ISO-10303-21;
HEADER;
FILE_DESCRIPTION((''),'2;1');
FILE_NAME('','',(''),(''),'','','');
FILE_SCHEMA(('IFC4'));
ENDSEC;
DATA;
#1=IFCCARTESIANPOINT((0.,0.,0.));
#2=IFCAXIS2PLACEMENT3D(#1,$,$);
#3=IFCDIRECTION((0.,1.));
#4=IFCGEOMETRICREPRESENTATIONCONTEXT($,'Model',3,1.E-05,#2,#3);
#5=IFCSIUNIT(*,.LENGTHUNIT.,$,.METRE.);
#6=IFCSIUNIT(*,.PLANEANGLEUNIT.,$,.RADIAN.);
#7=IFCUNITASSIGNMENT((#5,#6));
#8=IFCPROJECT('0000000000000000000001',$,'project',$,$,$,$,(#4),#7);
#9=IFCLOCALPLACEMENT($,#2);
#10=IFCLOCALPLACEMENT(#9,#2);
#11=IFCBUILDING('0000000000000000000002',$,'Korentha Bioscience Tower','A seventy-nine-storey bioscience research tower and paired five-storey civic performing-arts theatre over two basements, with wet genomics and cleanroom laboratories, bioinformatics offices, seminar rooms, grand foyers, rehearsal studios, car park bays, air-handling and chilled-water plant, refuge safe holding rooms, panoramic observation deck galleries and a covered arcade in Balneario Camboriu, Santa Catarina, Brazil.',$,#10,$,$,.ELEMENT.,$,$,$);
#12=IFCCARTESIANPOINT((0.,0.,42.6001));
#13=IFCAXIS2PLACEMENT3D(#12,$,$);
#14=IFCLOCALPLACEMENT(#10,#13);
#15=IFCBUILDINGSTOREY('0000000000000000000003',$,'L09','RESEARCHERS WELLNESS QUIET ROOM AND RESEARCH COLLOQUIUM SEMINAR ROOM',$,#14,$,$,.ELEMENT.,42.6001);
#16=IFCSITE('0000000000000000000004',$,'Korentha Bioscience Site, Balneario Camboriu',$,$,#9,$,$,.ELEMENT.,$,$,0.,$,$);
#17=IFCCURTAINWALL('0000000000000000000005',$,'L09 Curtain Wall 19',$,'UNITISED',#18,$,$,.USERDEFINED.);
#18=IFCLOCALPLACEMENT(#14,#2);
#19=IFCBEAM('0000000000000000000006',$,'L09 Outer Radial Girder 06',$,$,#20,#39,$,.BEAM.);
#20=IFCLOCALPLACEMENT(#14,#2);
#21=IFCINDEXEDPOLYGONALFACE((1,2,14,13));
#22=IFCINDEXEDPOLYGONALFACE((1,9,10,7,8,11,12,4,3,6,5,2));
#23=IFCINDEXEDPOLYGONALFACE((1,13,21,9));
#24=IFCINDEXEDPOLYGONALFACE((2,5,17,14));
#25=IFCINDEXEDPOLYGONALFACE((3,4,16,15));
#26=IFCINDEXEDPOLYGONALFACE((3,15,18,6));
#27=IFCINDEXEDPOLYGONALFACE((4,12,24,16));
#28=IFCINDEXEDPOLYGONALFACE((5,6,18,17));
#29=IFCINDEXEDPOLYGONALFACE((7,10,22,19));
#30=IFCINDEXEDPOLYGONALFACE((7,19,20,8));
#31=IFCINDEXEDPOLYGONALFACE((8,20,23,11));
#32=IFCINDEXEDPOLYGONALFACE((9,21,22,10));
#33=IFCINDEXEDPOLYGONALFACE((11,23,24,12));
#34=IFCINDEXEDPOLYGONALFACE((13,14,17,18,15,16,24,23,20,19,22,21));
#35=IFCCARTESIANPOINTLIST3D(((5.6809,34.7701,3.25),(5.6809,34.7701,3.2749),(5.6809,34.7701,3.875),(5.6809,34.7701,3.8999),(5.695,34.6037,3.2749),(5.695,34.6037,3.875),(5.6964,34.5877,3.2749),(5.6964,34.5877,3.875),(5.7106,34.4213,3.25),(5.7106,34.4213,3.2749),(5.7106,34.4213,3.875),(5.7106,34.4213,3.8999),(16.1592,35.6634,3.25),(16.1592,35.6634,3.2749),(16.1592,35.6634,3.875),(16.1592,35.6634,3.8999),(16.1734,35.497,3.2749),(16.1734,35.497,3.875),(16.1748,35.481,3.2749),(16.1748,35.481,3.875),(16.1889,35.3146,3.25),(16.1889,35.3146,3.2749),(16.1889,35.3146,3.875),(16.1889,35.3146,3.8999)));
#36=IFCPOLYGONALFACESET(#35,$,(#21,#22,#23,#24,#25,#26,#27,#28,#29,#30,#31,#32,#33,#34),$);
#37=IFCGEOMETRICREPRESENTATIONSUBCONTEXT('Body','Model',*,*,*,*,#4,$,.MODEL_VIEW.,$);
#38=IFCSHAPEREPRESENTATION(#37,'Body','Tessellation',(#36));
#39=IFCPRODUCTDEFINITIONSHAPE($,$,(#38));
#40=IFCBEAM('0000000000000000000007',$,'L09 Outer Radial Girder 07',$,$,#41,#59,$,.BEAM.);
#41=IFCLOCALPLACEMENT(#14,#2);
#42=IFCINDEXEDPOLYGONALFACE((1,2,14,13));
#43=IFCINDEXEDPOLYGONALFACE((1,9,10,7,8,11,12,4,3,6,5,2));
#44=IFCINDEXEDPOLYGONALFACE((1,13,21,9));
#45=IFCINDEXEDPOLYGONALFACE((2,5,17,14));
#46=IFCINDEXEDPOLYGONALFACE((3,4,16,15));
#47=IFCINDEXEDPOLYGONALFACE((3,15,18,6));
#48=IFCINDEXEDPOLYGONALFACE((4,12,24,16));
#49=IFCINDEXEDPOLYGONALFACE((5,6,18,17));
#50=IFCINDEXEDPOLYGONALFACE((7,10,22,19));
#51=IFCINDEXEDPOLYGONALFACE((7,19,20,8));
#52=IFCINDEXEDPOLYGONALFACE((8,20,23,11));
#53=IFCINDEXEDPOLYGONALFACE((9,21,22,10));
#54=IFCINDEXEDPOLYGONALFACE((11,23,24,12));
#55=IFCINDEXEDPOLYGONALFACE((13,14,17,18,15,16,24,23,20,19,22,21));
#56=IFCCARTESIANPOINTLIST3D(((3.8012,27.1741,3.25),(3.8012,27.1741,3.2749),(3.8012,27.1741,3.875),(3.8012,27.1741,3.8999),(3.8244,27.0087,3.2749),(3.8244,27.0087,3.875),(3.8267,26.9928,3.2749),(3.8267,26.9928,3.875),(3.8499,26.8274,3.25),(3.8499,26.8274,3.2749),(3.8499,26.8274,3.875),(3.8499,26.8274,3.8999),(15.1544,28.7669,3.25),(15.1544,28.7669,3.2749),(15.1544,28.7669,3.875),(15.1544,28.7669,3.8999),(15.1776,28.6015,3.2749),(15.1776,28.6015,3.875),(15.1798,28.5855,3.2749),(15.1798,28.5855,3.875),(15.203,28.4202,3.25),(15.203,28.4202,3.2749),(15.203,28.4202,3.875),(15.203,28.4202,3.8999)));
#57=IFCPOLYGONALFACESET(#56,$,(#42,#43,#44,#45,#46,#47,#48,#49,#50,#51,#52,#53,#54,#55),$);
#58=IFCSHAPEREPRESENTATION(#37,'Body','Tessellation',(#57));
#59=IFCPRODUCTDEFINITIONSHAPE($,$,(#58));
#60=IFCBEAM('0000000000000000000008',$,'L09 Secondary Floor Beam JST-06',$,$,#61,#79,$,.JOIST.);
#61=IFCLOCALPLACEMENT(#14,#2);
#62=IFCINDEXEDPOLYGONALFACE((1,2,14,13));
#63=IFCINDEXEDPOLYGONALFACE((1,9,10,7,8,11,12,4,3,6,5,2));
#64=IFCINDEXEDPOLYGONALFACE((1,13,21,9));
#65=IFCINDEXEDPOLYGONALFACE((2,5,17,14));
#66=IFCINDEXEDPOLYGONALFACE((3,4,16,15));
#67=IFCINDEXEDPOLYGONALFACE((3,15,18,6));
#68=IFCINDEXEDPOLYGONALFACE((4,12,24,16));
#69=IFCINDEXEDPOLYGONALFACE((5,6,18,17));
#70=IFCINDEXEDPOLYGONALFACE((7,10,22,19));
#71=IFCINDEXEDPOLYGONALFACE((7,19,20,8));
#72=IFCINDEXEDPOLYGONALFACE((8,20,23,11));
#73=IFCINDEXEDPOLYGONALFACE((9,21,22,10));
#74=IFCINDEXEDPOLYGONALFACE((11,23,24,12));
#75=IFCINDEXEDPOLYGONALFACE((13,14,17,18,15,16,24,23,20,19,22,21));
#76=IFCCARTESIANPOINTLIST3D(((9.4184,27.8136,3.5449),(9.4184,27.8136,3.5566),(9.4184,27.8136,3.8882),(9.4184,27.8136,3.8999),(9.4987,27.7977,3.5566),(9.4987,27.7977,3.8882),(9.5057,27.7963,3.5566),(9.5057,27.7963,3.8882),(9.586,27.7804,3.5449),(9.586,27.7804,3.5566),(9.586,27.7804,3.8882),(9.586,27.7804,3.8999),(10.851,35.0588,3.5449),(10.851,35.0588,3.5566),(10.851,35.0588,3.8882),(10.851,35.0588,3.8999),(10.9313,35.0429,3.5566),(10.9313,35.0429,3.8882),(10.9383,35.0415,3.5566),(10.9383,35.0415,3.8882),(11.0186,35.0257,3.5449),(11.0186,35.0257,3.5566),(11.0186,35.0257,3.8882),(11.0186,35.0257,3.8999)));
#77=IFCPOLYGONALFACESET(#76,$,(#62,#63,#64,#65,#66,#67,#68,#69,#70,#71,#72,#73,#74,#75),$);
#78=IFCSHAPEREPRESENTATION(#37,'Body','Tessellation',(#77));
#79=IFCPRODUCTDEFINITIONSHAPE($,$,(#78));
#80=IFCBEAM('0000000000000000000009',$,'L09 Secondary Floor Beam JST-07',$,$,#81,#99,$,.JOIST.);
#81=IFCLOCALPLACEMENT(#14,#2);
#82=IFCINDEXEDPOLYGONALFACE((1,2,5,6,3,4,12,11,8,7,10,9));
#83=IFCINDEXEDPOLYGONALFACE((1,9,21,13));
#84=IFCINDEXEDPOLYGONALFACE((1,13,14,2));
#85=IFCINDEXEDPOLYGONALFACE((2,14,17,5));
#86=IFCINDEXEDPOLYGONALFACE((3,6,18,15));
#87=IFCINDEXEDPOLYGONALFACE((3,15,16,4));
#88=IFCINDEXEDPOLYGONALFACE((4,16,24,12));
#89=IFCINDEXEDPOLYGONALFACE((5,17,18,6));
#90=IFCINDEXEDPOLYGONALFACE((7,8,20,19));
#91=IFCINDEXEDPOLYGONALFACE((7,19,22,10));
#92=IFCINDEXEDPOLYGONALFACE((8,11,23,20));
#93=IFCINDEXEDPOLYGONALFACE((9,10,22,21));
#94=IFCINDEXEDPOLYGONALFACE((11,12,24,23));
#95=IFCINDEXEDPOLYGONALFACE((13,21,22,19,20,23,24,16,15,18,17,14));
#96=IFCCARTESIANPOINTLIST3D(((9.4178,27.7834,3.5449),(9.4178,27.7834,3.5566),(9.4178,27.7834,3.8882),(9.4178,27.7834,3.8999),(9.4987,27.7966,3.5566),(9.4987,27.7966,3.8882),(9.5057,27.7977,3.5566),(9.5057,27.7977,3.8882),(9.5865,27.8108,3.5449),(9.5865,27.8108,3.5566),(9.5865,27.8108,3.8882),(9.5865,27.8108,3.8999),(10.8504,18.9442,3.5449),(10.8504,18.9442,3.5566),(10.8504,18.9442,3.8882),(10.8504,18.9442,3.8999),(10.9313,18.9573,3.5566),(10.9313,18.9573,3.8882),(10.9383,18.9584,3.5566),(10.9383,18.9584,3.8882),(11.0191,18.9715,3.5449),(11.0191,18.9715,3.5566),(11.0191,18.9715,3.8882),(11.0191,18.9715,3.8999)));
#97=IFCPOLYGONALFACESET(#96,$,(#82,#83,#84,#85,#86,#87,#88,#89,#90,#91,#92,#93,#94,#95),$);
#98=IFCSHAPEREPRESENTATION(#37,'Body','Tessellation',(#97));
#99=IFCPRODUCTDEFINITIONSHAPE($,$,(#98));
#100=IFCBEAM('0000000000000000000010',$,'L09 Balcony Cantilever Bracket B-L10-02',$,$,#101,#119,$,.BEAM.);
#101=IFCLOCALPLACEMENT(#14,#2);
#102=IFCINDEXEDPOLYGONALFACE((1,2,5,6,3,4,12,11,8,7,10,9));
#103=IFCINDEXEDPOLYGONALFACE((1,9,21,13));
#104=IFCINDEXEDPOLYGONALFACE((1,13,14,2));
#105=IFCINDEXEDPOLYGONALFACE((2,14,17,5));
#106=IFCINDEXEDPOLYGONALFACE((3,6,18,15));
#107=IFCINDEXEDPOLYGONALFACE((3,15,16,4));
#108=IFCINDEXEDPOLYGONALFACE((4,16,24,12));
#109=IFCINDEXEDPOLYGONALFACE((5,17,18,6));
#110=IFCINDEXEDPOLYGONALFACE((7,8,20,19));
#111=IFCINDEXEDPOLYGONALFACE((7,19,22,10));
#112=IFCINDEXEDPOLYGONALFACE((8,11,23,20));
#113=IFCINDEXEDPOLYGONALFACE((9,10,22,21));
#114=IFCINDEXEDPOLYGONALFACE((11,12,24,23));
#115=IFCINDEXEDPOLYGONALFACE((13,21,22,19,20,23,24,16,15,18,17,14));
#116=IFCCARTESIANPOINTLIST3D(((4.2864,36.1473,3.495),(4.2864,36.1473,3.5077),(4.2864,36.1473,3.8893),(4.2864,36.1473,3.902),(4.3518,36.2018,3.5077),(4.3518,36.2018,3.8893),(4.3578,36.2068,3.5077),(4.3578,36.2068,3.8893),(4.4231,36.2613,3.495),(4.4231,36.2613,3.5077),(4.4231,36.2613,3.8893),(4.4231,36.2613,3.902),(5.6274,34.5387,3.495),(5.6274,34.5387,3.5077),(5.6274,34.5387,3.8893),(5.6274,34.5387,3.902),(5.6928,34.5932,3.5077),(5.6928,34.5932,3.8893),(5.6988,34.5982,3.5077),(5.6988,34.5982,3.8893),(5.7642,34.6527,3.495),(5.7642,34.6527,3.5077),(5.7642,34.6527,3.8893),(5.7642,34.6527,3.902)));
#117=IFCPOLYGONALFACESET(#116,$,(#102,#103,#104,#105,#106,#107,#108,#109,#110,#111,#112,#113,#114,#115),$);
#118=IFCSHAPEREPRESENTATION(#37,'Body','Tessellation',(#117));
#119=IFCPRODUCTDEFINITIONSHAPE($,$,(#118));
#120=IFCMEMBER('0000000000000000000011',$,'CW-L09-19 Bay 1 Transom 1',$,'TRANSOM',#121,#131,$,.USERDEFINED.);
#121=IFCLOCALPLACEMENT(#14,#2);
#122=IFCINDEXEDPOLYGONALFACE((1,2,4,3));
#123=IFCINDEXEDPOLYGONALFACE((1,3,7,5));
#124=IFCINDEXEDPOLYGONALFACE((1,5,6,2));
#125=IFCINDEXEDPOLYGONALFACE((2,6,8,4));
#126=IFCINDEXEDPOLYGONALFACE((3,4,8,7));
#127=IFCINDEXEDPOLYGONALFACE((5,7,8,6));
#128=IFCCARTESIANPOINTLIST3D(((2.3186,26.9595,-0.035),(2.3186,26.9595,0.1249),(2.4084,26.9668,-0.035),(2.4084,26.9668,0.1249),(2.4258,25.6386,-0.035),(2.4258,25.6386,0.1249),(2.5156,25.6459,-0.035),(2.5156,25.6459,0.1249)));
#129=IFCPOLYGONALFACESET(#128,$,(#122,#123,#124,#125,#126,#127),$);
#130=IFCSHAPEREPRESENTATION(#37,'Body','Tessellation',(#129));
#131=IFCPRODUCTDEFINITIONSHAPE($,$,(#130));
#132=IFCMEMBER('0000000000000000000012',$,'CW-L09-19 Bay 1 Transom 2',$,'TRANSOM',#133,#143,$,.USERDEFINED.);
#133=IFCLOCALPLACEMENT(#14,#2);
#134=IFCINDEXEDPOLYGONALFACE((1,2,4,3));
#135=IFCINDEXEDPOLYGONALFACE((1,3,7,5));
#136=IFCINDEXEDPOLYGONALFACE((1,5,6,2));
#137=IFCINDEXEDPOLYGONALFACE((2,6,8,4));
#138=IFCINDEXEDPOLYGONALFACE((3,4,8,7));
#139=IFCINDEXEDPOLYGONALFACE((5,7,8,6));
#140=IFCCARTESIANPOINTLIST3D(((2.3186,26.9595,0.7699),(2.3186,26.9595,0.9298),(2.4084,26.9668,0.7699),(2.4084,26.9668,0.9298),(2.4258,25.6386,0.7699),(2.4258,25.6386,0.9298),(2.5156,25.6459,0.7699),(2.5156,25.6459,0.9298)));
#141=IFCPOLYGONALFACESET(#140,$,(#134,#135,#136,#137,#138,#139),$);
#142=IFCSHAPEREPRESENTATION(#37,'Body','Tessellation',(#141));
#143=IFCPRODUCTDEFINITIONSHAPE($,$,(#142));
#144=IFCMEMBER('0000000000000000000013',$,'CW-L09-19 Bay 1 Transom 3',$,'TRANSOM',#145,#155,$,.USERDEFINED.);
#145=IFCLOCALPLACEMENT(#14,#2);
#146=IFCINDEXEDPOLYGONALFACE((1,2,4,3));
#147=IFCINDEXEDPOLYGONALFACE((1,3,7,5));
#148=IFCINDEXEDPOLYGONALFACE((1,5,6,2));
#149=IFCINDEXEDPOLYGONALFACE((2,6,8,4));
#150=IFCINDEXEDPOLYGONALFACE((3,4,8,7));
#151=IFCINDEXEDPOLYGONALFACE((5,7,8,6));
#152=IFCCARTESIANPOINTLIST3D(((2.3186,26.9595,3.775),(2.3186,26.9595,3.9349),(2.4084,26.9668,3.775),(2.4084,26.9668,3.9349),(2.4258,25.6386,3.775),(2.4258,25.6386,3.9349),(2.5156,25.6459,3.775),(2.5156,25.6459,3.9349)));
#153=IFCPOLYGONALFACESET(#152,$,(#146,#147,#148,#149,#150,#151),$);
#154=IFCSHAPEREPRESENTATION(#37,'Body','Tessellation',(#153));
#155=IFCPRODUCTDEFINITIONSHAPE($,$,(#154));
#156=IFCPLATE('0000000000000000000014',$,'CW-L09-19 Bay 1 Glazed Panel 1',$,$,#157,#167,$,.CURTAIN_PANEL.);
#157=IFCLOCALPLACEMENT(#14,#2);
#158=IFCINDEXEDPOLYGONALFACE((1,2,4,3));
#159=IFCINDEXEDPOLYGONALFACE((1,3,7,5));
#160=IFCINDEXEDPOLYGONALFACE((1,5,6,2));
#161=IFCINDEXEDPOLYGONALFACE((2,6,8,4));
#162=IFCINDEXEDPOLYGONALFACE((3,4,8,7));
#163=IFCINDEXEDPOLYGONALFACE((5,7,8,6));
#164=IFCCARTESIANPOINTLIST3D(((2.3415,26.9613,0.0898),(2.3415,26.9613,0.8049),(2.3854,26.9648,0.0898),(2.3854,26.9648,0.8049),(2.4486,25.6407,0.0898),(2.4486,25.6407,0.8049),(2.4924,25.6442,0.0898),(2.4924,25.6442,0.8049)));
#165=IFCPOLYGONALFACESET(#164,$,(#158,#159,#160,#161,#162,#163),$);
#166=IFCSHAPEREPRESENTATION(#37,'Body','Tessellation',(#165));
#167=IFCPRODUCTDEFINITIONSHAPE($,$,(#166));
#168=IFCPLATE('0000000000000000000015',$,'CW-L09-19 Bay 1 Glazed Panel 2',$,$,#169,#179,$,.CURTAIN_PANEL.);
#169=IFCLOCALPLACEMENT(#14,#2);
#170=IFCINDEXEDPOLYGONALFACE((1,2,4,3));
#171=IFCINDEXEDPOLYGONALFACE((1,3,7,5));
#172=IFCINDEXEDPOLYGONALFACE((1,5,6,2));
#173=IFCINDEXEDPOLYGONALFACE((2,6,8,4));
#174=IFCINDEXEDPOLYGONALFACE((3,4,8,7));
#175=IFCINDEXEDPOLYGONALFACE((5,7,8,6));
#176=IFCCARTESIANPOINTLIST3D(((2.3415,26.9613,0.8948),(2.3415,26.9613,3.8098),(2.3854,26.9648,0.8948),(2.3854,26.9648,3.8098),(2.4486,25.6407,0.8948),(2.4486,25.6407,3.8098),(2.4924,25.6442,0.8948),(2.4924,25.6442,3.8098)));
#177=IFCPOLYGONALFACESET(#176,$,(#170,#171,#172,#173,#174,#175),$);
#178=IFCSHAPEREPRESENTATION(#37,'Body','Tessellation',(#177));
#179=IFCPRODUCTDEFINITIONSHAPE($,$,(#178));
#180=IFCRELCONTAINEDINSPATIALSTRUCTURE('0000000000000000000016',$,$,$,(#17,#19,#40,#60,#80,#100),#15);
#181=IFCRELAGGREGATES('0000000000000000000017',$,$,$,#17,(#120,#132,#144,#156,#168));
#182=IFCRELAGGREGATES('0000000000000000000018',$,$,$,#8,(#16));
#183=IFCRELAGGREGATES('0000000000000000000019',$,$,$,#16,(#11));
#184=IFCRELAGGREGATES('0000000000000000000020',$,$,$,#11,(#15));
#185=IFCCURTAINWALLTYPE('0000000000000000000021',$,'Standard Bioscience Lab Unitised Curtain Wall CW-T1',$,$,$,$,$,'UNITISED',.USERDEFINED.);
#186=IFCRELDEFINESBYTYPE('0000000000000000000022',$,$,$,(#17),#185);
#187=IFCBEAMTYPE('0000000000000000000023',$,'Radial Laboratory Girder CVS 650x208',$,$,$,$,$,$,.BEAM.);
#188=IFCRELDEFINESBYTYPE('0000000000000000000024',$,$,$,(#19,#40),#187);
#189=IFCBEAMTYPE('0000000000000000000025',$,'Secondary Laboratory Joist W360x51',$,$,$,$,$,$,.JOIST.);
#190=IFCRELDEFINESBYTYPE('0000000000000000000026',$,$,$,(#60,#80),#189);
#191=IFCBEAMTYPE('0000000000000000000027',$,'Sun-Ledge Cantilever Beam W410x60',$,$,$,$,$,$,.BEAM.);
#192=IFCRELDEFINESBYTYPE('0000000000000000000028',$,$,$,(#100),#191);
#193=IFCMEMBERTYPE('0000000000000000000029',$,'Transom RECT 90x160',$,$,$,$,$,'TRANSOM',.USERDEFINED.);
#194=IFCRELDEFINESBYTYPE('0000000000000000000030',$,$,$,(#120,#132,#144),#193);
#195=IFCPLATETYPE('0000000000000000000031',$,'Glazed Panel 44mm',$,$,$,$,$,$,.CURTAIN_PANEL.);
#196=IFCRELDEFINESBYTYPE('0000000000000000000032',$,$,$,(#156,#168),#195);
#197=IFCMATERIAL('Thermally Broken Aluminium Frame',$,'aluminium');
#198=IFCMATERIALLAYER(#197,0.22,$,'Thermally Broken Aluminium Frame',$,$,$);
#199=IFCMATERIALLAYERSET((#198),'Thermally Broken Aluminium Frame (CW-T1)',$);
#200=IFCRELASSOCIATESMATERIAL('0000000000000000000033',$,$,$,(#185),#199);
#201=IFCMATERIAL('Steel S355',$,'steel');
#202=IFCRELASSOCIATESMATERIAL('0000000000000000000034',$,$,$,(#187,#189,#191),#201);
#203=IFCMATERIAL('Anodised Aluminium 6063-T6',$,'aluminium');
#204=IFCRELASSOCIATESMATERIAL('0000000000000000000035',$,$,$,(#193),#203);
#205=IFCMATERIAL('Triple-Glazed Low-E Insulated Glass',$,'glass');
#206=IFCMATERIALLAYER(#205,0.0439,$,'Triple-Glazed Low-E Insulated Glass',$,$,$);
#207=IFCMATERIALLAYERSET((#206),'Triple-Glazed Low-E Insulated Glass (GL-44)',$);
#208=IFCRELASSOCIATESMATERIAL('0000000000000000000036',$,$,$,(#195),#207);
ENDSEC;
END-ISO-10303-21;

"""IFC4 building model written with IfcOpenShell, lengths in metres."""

from ifc_helpers import new_model, si_unit, direction, frame, origin, origin_2d, place, context, subcontext, project, spatial, rectangle, i_section, extrude, material, layer, layer_set, material_profile, profile_set, type_object, element, aggregate, save


model = new_model("IFC4")

# Units and contexts
model_context = context("Model", 3, precision=1e-05, world=origin(), true_north=direction((0.0, 1.0)))
body_context = subcontext(model_context, "Body", "Model", "MODEL_VIEW")
ifc_project = project(units=[si_unit("LENGTHUNIT", "METRE"), si_unit("PLANEANGLEUNIT", "RADIAN")], contexts=[model_context])

# Site, building, storey
site_placement = place(None, origin())
site = spatial("IfcSite", under=ifc_project, at=site_placement, Name="Korentha Bioscience Site, Balneario Camboriu", CompositionType="ELEMENT", RefElevation=0.0)
building_placement = place(site_placement, origin())
building = spatial("IfcBuilding", under=site, at=building_placement, Name="Korentha Bioscience Tower", Description="A seventy-nine-storey bioscience research tower and paired five-storey civic performing-arts theatre over two basements, with wet genomics and cleanroom laboratories, bioinformatics offices, seminar rooms, grand foyers, rehearsal studios, car park bays, air-handling and chilled-water plant, refuge safe holding rooms, panoramic observation deck galleries and a covered arcade in Balneario Camboriu, Santa Catarina, Brazil.", CompositionType="ELEMENT")
storey_placement = place(building_placement, frame((0.0, 0.0, 42.6001)))
storey = spatial("IfcBuildingStorey", under=building, at=storey_placement, Name="L09", Description="RESEARCHERS WELLNESS QUIET ROOM AND RESEARCH COLLOQUIUM SEMINAR ROOM", CompositionType="ELEMENT", Elevation=42.6001)

# Shared definitions
ifc_material_1 = material(Name="Steel S355", Category="steel")

# Curtain wall
ifc_material_2 = material(Name="Thermally Broken Aluminium Frame", Category="aluminium")
ifc_layer_1 = layer(ifc_material_2, 0.22, Name="Thermally Broken Aluminium Frame")
ifc_layer_set_1 = layer_set([ifc_layer_1], Name="Thermally Broken Aluminium Frame (CW-T1)")
curtain_wall_type = type_object("IfcCurtainWallType", Name="Standard Bioscience Lab Unitised Curtain Wall CW-T1", ElementType="UNITISED", PredefinedType="USERDEFINED", material=ifc_layer_set_1)
curtain_wall_placement = place(storey_placement, origin())
curtain_wall = element("IfcCurtainWall", 1, at=curtain_wall_placement, inside=storey, type_object=curtain_wall_type, Name="L09 Curtain Wall 19", ObjectType="UNITISED", PredefinedType="USERDEFINED")
ifc_material_3 = material(Name="Anodised Aluminium 6063-T6", Category="aluminium")

# Beams
ifc_material_profile_1 = material_profile(ifc_material_1, i_section(OverallWidth=0.3501, OverallDepth=0.6499, WebThickness=0.0161, FlangeThickness=0.0249, at=origin_2d()), Name="Steel S355")
ifc_profile_set_1 = profile_set([ifc_material_profile_1], Name="Steel S355 (RB-650)")
beam_type_1 = type_object("IfcBeamType", Name="Radial Laboratory Girder CVS 650x208", PredefinedType="BEAM", material=ifc_profile_set_1)
beam_1_placement = place(storey_placement, frame((16.1741, 35.489, 3.575), z_axis=(-0.996386, -0.084945, 0.0), x_axis=(0.084945, -0.996386, 0.0)))
element("IfcBeam", 2, at=beam_1_placement, inside=storey, type_object=beam_type_1, Name="L09 Outer Radial Girder 06", PredefinedType="BEAM", context=body_context, shape_type="SweptSolid", body=[
    extrude(i_section(OverallWidth=0.3501, OverallDepth=0.6499, WebThickness=0.0161, FlangeThickness=0.0249, at=origin_2d()), origin(), (0.0, 0.0, 1.0), 10.5164),
])
beam_2_placement = place(storey_placement, frame((15.1787, 28.5935, 3.575), z_axis=(-0.990302, -0.138931, 0.0), x_axis=(0.138931, -0.990302, 0.0)))
element("IfcBeam", 3, at=beam_2_placement, inside=storey, type_object=beam_type_1, Name="L09 Outer Radial Girder 07", PredefinedType="BEAM", context=body_context, shape_type="SweptSolid", body=[
    extrude(i_section(OverallWidth=0.3501, OverallDepth=0.6499, WebThickness=0.0161, FlangeThickness=0.0249, at=origin_2d()), origin(), (0.0, 0.0, 1.0), 11.4644),
])
ifc_material_profile_2 = material_profile(ifc_material_1, i_section(OverallWidth=0.1709, OverallDepth=0.355, WebThickness=0.0071, FlangeThickness=0.0117, at=origin_2d()), Name="Steel S355")
ifc_profile_set_2 = profile_set([ifc_material_profile_2], Name="Steel S355 (JB-360)")
beam_type_2 = type_object("IfcBeamType", Name="Secondary Laboratory Joist W360x51", PredefinedType="JOIST", material=ifc_profile_set_2)
beam_3_placement = place(storey_placement, frame((10.9348, 35.0422, 3.7224), z_axis=(-0.19398, -0.981006, 0.0), x_axis=(0.981006, -0.19398, 0.0)))
element("IfcBeam", 4, at=beam_3_placement, inside=storey, type_object=beam_type_2, Name="L09 Secondary Floor Beam JST-06", PredefinedType="JOIST", context=body_context, shape_type="SweptSolid", body=[
    extrude(i_section(OverallWidth=0.1709, OverallDepth=0.355, WebThickness=0.0071, FlangeThickness=0.0117, at=origin_2d()), origin(), (0.0, 0.0, 1.0), 7.3855),
])
beam_4_placement = place(storey_placement, frame((9.5022, 27.7971, 3.7224), z_axis=(0.159985, -0.987119, 0.0), x_axis=(0.987119, 0.159985, 0.0)))
element("IfcBeam", 5, at=beam_4_placement, inside=storey, type_object=beam_type_2, Name="L09 Secondary Floor Beam JST-07", PredefinedType="JOIST", context=body_context, shape_type="SweptSolid", body=[
    extrude(i_section(OverallWidth=0.1709, OverallDepth=0.355, WebThickness=0.0071, FlangeThickness=0.0117, at=origin_2d()), origin(), (0.0, 0.0, 1.0), 8.9546),
])
ifc_material_profile_3 = material_profile(ifc_material_1, i_section(OverallWidth=0.178, OverallDepth=0.407, WebThickness=0.0078, FlangeThickness=0.0127, at=origin_2d()), Name="Steel S355")
ifc_profile_set_3 = profile_set([ifc_material_profile_3], Name="Steel S355 (CB-410)")
beam_type_3 = type_object("IfcBeamType", Name="Sun-Ledge Cantilever Beam W410x60", PredefinedType="BEAM", material=ifc_profile_set_3)
beam_5_placement = place(storey_placement, frame((5.6958, 34.5957, 3.6985), z_axis=(-0.640333, 0.768097, 0.0), x_axis=(-0.768097, -0.640333, 0.0)))
element("IfcBeam", 6, at=beam_5_placement, inside=storey, type_object=beam_type_3, Name="L09 Balcony Cantilever Bracket B-L10-02", PredefinedType="BEAM", context=body_context, shape_type="SweptSolid", body=[
    extrude(i_section(OverallWidth=0.178, OverallDepth=0.407, WebThickness=0.0078, FlangeThickness=0.0127, at=origin_2d()), origin(), (0.0, 0.0, 1.0), 2.0942),
])

# Members
ifc_material_profile_4 = material_profile(ifc_material_3, rectangle(XDim=0.0901, YDim=0.1599, at=origin_2d()), Name="Anodised Aluminium 6063-T6")
ifc_profile_set_4 = profile_set([ifc_material_profile_4], Name="Anodised Aluminium 6063-T6 (CW-TRN)")
member_type_1 = type_object("IfcMemberType", Name="Transom RECT 90x160", ElementType="TRANSOM", PredefinedType="USERDEFINED", material=ifc_profile_set_4)
member_1_placement = place(storey_placement, frame((2.3635, 26.9631, 0.0449), z_axis=(0.08088, -0.996724, 0.0), x_axis=(0.996724, 0.08088, 0.0)))
member_1 = element("IfcMember", 7, at=member_1_placement, type_object=member_type_1, Name="CW-L09-19 Bay 1 Transom 1", ObjectType="TRANSOM", PredefinedType="USERDEFINED", context=body_context, shape_type="SweptSolid", body=[
    extrude(rectangle(XDim=0.0901, YDim=0.1599, at=origin_2d()), origin(), (0.0, 0.0, 1.0), 1.3252),
])
member_2_placement = place(storey_placement, frame((2.3635, 26.9631, 0.8499), z_axis=(0.08088, -0.996724, 0.0), x_axis=(0.996724, 0.08088, 0.0)))
member_2 = element("IfcMember", 8, at=member_2_placement, type_object=member_type_1, Name="CW-L09-19 Bay 1 Transom 2", ObjectType="TRANSOM", PredefinedType="USERDEFINED", context=body_context, shape_type="SweptSolid", body=[
    extrude(rectangle(XDim=0.0901, YDim=0.1599, at=origin_2d()), origin(), (0.0, 0.0, 1.0), 1.3252),
])
member_3_placement = place(storey_placement, frame((2.3635, 26.9631, 3.855), z_axis=(0.08088, -0.996724, 0.0), x_axis=(0.996724, 0.08088, 0.0)))
member_3 = element("IfcMember", 9, at=member_3_placement, type_object=member_type_1, Name="CW-L09-19 Bay 1 Transom 3", ObjectType="TRANSOM", PredefinedType="USERDEFINED", context=body_context, shape_type="SweptSolid", body=[
    extrude(rectangle(XDim=0.0901, YDim=0.1599, at=origin_2d()), origin(), (0.0, 0.0, 1.0), 1.3252),
])

# Plates
ifc_material_4 = material(Name="Triple-Glazed Low-E Insulated Glass", Category="glass")
ifc_layer_2 = layer(ifc_material_4, 0.0439, Name="Triple-Glazed Low-E Insulated Glass")
ifc_layer_set_2 = layer_set([ifc_layer_2], Name="Triple-Glazed Low-E Insulated Glass (GL-44)")
plate_type = type_object("IfcPlateType", Name="Glazed Panel 44mm", PredefinedType="CURTAIN_PANEL", material=ifc_layer_set_2)
plate_1_placement = place(storey_placement, frame((2.417, 26.3027, 0.0898), z_axis=(0.0, 0.0, 1.0), x_axis=(0.08082, -0.996729, 0.0)))
plate_1 = element("IfcPlate", 10, at=plate_1_placement, type_object=plate_type, Name="CW-L09-19 Bay 1 Glazed Panel 1", PredefinedType="CURTAIN_PANEL", context=body_context, shape_type="SweptSolid", body=[
    extrude(rectangle(XDim=1.325, YDim=0.0439, at=origin_2d()), origin(), (0.0, 0.0, 1.0), 0.7151),
])
plate_2_placement = place(storey_placement, frame((2.417, 26.3027, 0.8948), z_axis=(0.0, 0.0, 1.0), x_axis=(0.08082, -0.996729, 0.0)))
plate_2 = element("IfcPlate", 11, at=plate_2_placement, type_object=plate_type, Name="CW-L09-19 Bay 1 Glazed Panel 2", PredefinedType="CURTAIN_PANEL", context=body_context, shape_type="SweptSolid", body=[
    extrude(rectangle(XDim=1.325, YDim=0.0439, at=origin_2d()), origin(), (0.0, 0.0, 1.0), 2.915),
])
aggregate(curtain_wall, [member_1, member_2, member_3, plate_1, plate_2])

save(model, "model.ifc")
